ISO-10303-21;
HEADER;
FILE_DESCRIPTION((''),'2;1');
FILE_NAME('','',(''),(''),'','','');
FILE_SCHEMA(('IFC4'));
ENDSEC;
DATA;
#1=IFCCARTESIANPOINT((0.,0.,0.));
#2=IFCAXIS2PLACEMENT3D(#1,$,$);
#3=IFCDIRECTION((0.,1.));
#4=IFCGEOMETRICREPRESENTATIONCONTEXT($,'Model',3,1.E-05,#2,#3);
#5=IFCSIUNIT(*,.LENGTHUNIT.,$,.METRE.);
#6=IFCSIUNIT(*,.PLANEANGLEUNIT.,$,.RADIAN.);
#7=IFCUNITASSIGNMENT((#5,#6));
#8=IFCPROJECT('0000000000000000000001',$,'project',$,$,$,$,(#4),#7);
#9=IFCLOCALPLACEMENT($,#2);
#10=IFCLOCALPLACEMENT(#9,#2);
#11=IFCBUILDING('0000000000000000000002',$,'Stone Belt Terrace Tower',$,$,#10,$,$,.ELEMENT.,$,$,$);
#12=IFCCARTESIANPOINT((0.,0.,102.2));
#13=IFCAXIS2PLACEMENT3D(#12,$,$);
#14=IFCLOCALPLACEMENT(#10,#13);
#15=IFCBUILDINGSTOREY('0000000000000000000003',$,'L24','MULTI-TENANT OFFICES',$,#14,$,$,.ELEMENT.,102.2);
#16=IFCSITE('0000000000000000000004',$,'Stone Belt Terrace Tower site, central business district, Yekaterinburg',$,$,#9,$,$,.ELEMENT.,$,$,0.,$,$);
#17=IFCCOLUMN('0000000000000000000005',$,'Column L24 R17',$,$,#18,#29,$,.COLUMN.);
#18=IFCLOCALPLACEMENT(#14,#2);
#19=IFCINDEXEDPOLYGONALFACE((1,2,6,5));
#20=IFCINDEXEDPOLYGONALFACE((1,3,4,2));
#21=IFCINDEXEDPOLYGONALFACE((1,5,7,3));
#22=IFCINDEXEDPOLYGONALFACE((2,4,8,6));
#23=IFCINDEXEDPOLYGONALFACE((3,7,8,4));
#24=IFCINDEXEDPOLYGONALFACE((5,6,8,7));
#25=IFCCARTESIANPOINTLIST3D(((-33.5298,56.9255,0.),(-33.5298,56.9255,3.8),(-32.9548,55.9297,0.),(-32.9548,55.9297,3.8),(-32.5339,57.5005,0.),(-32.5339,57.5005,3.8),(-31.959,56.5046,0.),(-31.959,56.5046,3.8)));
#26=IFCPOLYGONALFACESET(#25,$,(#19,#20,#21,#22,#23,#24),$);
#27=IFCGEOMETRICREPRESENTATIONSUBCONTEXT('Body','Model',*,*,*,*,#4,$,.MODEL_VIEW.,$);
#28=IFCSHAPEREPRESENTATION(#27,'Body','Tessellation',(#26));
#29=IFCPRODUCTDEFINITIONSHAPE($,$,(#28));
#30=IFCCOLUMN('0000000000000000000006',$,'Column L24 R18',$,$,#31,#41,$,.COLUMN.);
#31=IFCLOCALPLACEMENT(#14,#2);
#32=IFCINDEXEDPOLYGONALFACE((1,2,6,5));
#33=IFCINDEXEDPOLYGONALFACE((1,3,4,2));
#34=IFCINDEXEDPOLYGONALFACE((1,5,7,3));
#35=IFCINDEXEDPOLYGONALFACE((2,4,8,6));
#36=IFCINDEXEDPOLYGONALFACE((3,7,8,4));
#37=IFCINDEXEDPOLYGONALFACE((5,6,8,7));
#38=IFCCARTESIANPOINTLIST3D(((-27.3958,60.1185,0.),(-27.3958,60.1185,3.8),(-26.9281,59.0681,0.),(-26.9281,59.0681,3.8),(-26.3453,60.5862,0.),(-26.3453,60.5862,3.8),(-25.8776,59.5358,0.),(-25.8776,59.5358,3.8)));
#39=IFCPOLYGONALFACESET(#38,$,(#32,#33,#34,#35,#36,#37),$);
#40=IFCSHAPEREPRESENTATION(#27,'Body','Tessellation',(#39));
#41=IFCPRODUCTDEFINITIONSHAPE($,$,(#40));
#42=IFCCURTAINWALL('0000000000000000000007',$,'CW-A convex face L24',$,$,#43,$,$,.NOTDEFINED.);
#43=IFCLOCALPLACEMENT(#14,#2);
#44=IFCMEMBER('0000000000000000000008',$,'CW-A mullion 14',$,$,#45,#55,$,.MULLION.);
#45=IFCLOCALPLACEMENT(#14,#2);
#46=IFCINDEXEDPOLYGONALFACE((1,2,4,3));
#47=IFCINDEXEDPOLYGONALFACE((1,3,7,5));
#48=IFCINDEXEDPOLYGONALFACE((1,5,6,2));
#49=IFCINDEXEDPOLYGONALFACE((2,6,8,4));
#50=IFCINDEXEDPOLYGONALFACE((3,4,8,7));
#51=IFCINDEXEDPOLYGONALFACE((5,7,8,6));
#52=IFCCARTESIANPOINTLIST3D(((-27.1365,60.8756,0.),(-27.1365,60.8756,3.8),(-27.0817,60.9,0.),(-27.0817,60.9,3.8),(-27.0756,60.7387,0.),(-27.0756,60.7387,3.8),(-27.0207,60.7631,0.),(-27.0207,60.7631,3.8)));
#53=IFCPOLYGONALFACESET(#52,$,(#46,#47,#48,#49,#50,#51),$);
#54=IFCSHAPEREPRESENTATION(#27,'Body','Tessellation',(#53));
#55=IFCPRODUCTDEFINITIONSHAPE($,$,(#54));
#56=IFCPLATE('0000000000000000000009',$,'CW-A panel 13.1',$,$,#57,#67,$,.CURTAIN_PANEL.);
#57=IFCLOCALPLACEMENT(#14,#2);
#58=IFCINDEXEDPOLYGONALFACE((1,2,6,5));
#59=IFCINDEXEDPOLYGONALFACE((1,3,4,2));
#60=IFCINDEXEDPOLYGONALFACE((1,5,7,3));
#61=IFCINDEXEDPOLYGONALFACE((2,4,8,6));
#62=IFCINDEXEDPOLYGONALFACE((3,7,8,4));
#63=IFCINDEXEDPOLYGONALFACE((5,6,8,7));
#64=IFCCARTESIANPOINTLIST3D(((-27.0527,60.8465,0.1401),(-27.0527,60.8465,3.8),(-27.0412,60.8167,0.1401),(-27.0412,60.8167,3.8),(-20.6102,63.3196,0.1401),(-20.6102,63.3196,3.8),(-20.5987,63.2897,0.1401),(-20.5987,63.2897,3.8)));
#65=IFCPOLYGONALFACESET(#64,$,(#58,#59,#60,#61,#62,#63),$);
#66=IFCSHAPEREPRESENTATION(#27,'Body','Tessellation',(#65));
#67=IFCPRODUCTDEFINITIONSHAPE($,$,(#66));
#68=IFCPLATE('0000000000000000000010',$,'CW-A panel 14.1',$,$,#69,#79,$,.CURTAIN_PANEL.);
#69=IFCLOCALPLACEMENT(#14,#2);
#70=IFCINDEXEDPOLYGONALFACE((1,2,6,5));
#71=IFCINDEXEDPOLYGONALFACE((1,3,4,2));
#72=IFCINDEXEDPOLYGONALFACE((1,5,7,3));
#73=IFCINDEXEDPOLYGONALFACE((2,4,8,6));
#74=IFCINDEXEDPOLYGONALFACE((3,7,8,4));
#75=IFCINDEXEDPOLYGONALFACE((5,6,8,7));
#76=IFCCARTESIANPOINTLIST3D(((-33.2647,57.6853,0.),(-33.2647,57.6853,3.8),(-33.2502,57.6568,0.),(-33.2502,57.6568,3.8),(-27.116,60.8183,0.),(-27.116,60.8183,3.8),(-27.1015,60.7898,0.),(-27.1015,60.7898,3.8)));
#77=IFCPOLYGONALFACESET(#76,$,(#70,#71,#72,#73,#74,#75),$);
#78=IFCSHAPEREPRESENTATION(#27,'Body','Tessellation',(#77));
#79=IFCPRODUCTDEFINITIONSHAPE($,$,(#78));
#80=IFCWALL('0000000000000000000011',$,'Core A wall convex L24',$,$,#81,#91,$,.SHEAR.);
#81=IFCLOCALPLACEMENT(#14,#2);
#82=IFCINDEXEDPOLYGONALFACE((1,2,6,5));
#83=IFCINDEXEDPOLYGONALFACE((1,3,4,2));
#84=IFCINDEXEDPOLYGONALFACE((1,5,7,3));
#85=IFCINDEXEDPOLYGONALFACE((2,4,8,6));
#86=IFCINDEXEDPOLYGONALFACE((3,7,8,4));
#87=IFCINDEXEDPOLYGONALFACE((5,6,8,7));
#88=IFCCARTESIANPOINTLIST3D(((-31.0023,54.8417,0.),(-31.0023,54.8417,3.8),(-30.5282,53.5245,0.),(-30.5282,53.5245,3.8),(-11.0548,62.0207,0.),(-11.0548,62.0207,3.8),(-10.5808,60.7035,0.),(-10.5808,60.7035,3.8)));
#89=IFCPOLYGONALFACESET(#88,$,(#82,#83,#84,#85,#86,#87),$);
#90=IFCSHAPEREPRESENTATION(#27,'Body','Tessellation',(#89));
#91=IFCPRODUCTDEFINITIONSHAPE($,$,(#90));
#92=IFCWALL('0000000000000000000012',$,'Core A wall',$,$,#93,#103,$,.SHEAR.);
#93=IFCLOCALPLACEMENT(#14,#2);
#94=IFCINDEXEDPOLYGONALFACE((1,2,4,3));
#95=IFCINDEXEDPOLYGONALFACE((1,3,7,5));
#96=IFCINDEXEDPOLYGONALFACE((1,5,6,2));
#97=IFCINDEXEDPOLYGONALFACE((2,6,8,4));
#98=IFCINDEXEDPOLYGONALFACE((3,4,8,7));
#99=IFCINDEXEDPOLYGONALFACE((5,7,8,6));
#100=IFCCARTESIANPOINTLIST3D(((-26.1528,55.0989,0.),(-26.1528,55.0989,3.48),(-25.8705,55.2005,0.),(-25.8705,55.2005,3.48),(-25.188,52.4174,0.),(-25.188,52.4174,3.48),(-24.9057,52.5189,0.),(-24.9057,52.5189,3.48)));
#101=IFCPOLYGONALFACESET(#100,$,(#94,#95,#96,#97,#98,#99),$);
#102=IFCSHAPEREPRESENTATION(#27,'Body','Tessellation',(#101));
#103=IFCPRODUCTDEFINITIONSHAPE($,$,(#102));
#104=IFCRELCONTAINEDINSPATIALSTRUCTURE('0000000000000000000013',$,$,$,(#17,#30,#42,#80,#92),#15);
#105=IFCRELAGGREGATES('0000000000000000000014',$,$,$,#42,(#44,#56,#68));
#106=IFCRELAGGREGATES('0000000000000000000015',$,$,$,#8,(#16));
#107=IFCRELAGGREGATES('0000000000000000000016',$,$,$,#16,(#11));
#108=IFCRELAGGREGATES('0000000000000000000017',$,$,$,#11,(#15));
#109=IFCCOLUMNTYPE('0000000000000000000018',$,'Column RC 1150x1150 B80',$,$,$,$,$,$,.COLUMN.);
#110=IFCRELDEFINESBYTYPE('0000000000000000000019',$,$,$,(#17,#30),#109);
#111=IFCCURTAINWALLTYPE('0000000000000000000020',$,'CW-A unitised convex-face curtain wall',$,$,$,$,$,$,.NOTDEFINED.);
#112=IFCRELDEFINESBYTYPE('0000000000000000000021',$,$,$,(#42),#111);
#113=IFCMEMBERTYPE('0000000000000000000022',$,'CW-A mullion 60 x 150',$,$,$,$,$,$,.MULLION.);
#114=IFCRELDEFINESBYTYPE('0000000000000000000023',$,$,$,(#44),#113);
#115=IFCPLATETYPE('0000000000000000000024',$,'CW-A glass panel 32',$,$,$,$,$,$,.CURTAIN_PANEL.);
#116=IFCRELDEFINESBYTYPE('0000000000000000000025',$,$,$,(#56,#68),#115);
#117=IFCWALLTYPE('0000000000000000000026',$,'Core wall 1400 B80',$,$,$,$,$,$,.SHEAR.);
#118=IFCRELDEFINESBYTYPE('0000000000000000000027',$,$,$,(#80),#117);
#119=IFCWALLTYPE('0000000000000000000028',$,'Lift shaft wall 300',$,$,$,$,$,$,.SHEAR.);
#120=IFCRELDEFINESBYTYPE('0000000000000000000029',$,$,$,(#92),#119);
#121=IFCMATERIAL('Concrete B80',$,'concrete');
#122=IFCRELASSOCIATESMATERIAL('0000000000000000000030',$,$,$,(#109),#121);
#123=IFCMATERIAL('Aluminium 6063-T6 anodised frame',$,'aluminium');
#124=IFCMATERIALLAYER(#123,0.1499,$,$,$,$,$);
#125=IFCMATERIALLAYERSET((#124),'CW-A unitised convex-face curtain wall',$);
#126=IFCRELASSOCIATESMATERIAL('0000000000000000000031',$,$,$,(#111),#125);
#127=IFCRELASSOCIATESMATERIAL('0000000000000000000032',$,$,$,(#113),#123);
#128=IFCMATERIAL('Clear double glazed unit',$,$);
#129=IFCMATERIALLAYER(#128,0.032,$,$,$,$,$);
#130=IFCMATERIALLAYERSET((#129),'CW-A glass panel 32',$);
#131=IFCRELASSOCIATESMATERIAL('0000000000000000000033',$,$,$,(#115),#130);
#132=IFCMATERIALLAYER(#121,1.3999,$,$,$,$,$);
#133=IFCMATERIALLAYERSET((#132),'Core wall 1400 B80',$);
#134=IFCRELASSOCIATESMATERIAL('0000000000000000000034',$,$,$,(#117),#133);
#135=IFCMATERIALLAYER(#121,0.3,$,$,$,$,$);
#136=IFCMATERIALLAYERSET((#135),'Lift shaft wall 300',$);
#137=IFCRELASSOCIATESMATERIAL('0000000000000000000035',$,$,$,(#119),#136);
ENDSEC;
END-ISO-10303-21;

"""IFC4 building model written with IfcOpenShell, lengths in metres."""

from ifc_helpers import new_model, si_unit, direction, frame, frame_2d, origin, origin_2d, place, context, subcontext, project, spatial, rectangle, extrude, material, layer, layer_set, material_profile, profile_set, type_object, element, aggregate, save


model = new_model("IFC4")

# Units and contexts
model_context = context("Model", 3, precision=1e-05, world=origin(), true_north=direction((0.0, 1.0)))
body_context = subcontext(model_context, "Body", "Model", "MODEL_VIEW")
ifc_project = project(units=[si_unit("LENGTHUNIT", "METRE"), si_unit("PLANEANGLEUNIT", "RADIAN")], contexts=[model_context])

# Site, building, storey
site_placement = place(None, origin())
site = spatial("IfcSite", under=ifc_project, at=site_placement, Name="Stone Belt Terrace Tower site, central business district, Yekaterinburg", CompositionType="ELEMENT", RefElevation=0.0)
building_placement = place(site_placement, origin())
building = spatial("IfcBuilding", under=site, at=building_placement, Name="Stone Belt Terrace Tower", CompositionType="ELEMENT")
storey_placement = place(building_placement, frame((0.0, 0.0, 102.2)))
storey = spatial("IfcBuildingStorey", under=building, at=storey_placement, Name="L24", Description="MULTI-TENANT OFFICES", CompositionType="ELEMENT", Elevation=102.2)

# Columns
ifc_material_1 = material(Name="Concrete B80", Category="concrete")
ifc_material_profile_1 = material_profile(ifc_material_1, rectangle(XDim=1.1499, YDim=1.1499, at=origin_2d()), Name="RC 1150x1150")
ifc_profile_set_1 = profile_set([ifc_material_profile_1], Name="Concrete B80")
column_type = type_object("IfcColumnType", Name="Column RC 1150x1150 B80", PredefinedType="COLUMN", material=ifc_profile_set_1)
for number, where, z_axis, x_axis, name in (
    (1, (-32.7444, 56.7151, 0.0), (0.0, 0.0, 1.0), (0.866025, 0.5, 0.0), "Column L24 R17"),
    (2, (-26.6367, 59.8271, 0.0), (0.0, 0.0, 1.0), (0.913545, 0.406737, 0.0), "Column L24 R18"),
):
    element("IfcColumn", number, at=place(storey_placement, frame(where, z_axis=z_axis, x_axis=x_axis)), inside=storey, type_object=column_type, Name=name, PredefinedType="COLUMN", context=body_context, shape_type="SweptSolid", body=[
        extrude(rectangle(XDim=1.1499, YDim=1.1499, at=origin_2d()), origin(), (0.0, 0.0, 1.0), 3.8),
    ])

# Curtain wall, member, plates
ifc_material_2 = material(Name="Aluminium 6063-T6 anodised frame", Category="aluminium")
ifc_layer_1 = layer(ifc_material_2, 0.1499)
ifc_layer_set_1 = layer_set([ifc_layer_1], Name="CW-A unitised convex-face curtain wall")
curtain_wall_type = type_object("IfcCurtainWallType", Name="CW-A unitised convex-face curtain wall", PredefinedType="NOTDEFINED", material=ifc_layer_set_1)
curtain_wall_placement = place(storey_placement, origin())
curtain_wall = element("IfcCurtainWall", 3, at=curtain_wall_placement, inside=storey, type_object=curtain_wall_type, Name="CW-A convex face L24", PredefinedType="NOTDEFINED")
ifc_material_profile_2 = material_profile(ifc_material_2, rectangle(XDim=0.1499, YDim=0.0601, at=origin_2d()), Name="Aluminium 6063-T6 60x150")
ifc_profile_set_2 = profile_set([ifc_material_profile_2], Name="Aluminium 6063-T6 anodised frame")
member_type = type_object("IfcMemberType", Name="CW-A mullion 60 x 150", PredefinedType="MULLION", material=ifc_profile_set_2)
member_placement = place(storey_placement, frame((-27.0786, 60.8193, 0.0), z_axis=(0.0, 0.0, 1.0), x_axis=(0.406737, -0.913545, 0.0)))
member = element("IfcMember", 4, at=member_placement, type_object=member_type, Name="CW-A mullion 14", PredefinedType="MULLION", context=body_context, shape_type="SweptSolid", body=[
    extrude(rectangle(XDim=0.1499, YDim=0.0601, at=origin_2d()), origin(), (0.0, 0.0, 1.0), 3.8),
])
ifc_material_3 = material(Name="Clear double glazed unit")
ifc_layer_2 = layer(ifc_material_3, 0.032)
ifc_layer_set_2 = layer_set([ifc_layer_2], Name="CW-A glass panel 32")
plate_type = type_object("IfcPlateType", Name="CW-A glass panel 32", PredefinedType="CURTAIN_PANEL", material=ifc_layer_set_2)
plate_1_placement = place(storey_placement, frame((-23.8257, 62.0681, 0.1401), z_axis=(0.0, 0.0, 1.0), x_axis=(-0.93358, -0.358368, 0.0)))
plate_1 = element("IfcPlate", 5, at=plate_1_placement, type_object=plate_type, Name="CW-A panel 13.1", PredefinedType="CURTAIN_PANEL", context=body_context, shape_type="SweptSolid", body=[
    extrude(rectangle(XDim=6.9009, YDim=0.032, at=origin_2d()), origin(), (0.0, 0.0, 1.0), 3.6599),
])
plate_2_placement = place(storey_placement, frame((-30.1831, 59.2375, 0.0), z_axis=(0.0, 0.0, 1.0), x_axis=(-0.891007, -0.45399, 0.0)))
plate_2 = element("IfcPlate", 6, at=plate_2_placement, type_object=plate_type, Name="CW-A panel 14.1", PredefinedType="CURTAIN_PANEL", context=body_context, shape_type="SweptSolid", body=[
    extrude(rectangle(XDim=6.9009, YDim=0.032, at=origin_2d()), origin(), (0.0, 0.0, 1.0), 3.8),
])
aggregate(curtain_wall, [member, plate_1, plate_2])

# Walls
ifc_layer_3 = layer(ifc_material_1, 1.3999)
ifc_layer_set_3 = layer_set([ifc_layer_3], Name="Core wall 1400 B80")
wall_type_1 = type_object("IfcWallType", Name="Core wall 1400 B80", PredefinedType="SHEAR", material=ifc_layer_set_3)
wall_1_placement = place(storey_placement, frame((-30.7654, 54.1831, 0.0), z_axis=(0.0, 0.0, 1.0), x_axis=(0.94092, 0.33863, 0.0)))
element("IfcWall", 7, at=wall_1_placement, inside=storey, type_object=wall_type_1, Name="Core A wall convex L24", PredefinedType="SHEAR", context=body_context, shape_type="SweptSolid", body=[
    extrude(rectangle(XDim=21.2, YDim=1.3999, at=frame_2d((10.6001, 0.0))), origin(), (0.0, 0.0, 1.0), 3.8),
])
ifc_layer_4 = layer(ifc_material_1, 0.3)
ifc_layer_set_4 = layer_set([ifc_layer_4], Name="Lift shaft wall 300")
wall_type_2 = type_object("IfcWallType", Name="Lift shaft wall 300", PredefinedType="SHEAR", material=ifc_layer_set_4)
wall_2_placement = place(storey_placement, frame((-25.0469, 52.4683, 0.0), z_axis=(0.0, 0.0, 1.0), x_axis=(-0.33855, 0.940949, 0.0)))
element("IfcWall", 8, at=wall_2_placement, inside=storey, type_object=wall_type_2, Name="Core A wall", PredefinedType="SHEAR", context=body_context, shape_type="SweptSolid", body=[
    extrude(rectangle(XDim=2.8499, YDim=0.3, at=frame_2d((1.4248, 0.0))), origin(), (0.0, 0.0, 1.0), 3.48),
])

save(model, "model.ifc")
